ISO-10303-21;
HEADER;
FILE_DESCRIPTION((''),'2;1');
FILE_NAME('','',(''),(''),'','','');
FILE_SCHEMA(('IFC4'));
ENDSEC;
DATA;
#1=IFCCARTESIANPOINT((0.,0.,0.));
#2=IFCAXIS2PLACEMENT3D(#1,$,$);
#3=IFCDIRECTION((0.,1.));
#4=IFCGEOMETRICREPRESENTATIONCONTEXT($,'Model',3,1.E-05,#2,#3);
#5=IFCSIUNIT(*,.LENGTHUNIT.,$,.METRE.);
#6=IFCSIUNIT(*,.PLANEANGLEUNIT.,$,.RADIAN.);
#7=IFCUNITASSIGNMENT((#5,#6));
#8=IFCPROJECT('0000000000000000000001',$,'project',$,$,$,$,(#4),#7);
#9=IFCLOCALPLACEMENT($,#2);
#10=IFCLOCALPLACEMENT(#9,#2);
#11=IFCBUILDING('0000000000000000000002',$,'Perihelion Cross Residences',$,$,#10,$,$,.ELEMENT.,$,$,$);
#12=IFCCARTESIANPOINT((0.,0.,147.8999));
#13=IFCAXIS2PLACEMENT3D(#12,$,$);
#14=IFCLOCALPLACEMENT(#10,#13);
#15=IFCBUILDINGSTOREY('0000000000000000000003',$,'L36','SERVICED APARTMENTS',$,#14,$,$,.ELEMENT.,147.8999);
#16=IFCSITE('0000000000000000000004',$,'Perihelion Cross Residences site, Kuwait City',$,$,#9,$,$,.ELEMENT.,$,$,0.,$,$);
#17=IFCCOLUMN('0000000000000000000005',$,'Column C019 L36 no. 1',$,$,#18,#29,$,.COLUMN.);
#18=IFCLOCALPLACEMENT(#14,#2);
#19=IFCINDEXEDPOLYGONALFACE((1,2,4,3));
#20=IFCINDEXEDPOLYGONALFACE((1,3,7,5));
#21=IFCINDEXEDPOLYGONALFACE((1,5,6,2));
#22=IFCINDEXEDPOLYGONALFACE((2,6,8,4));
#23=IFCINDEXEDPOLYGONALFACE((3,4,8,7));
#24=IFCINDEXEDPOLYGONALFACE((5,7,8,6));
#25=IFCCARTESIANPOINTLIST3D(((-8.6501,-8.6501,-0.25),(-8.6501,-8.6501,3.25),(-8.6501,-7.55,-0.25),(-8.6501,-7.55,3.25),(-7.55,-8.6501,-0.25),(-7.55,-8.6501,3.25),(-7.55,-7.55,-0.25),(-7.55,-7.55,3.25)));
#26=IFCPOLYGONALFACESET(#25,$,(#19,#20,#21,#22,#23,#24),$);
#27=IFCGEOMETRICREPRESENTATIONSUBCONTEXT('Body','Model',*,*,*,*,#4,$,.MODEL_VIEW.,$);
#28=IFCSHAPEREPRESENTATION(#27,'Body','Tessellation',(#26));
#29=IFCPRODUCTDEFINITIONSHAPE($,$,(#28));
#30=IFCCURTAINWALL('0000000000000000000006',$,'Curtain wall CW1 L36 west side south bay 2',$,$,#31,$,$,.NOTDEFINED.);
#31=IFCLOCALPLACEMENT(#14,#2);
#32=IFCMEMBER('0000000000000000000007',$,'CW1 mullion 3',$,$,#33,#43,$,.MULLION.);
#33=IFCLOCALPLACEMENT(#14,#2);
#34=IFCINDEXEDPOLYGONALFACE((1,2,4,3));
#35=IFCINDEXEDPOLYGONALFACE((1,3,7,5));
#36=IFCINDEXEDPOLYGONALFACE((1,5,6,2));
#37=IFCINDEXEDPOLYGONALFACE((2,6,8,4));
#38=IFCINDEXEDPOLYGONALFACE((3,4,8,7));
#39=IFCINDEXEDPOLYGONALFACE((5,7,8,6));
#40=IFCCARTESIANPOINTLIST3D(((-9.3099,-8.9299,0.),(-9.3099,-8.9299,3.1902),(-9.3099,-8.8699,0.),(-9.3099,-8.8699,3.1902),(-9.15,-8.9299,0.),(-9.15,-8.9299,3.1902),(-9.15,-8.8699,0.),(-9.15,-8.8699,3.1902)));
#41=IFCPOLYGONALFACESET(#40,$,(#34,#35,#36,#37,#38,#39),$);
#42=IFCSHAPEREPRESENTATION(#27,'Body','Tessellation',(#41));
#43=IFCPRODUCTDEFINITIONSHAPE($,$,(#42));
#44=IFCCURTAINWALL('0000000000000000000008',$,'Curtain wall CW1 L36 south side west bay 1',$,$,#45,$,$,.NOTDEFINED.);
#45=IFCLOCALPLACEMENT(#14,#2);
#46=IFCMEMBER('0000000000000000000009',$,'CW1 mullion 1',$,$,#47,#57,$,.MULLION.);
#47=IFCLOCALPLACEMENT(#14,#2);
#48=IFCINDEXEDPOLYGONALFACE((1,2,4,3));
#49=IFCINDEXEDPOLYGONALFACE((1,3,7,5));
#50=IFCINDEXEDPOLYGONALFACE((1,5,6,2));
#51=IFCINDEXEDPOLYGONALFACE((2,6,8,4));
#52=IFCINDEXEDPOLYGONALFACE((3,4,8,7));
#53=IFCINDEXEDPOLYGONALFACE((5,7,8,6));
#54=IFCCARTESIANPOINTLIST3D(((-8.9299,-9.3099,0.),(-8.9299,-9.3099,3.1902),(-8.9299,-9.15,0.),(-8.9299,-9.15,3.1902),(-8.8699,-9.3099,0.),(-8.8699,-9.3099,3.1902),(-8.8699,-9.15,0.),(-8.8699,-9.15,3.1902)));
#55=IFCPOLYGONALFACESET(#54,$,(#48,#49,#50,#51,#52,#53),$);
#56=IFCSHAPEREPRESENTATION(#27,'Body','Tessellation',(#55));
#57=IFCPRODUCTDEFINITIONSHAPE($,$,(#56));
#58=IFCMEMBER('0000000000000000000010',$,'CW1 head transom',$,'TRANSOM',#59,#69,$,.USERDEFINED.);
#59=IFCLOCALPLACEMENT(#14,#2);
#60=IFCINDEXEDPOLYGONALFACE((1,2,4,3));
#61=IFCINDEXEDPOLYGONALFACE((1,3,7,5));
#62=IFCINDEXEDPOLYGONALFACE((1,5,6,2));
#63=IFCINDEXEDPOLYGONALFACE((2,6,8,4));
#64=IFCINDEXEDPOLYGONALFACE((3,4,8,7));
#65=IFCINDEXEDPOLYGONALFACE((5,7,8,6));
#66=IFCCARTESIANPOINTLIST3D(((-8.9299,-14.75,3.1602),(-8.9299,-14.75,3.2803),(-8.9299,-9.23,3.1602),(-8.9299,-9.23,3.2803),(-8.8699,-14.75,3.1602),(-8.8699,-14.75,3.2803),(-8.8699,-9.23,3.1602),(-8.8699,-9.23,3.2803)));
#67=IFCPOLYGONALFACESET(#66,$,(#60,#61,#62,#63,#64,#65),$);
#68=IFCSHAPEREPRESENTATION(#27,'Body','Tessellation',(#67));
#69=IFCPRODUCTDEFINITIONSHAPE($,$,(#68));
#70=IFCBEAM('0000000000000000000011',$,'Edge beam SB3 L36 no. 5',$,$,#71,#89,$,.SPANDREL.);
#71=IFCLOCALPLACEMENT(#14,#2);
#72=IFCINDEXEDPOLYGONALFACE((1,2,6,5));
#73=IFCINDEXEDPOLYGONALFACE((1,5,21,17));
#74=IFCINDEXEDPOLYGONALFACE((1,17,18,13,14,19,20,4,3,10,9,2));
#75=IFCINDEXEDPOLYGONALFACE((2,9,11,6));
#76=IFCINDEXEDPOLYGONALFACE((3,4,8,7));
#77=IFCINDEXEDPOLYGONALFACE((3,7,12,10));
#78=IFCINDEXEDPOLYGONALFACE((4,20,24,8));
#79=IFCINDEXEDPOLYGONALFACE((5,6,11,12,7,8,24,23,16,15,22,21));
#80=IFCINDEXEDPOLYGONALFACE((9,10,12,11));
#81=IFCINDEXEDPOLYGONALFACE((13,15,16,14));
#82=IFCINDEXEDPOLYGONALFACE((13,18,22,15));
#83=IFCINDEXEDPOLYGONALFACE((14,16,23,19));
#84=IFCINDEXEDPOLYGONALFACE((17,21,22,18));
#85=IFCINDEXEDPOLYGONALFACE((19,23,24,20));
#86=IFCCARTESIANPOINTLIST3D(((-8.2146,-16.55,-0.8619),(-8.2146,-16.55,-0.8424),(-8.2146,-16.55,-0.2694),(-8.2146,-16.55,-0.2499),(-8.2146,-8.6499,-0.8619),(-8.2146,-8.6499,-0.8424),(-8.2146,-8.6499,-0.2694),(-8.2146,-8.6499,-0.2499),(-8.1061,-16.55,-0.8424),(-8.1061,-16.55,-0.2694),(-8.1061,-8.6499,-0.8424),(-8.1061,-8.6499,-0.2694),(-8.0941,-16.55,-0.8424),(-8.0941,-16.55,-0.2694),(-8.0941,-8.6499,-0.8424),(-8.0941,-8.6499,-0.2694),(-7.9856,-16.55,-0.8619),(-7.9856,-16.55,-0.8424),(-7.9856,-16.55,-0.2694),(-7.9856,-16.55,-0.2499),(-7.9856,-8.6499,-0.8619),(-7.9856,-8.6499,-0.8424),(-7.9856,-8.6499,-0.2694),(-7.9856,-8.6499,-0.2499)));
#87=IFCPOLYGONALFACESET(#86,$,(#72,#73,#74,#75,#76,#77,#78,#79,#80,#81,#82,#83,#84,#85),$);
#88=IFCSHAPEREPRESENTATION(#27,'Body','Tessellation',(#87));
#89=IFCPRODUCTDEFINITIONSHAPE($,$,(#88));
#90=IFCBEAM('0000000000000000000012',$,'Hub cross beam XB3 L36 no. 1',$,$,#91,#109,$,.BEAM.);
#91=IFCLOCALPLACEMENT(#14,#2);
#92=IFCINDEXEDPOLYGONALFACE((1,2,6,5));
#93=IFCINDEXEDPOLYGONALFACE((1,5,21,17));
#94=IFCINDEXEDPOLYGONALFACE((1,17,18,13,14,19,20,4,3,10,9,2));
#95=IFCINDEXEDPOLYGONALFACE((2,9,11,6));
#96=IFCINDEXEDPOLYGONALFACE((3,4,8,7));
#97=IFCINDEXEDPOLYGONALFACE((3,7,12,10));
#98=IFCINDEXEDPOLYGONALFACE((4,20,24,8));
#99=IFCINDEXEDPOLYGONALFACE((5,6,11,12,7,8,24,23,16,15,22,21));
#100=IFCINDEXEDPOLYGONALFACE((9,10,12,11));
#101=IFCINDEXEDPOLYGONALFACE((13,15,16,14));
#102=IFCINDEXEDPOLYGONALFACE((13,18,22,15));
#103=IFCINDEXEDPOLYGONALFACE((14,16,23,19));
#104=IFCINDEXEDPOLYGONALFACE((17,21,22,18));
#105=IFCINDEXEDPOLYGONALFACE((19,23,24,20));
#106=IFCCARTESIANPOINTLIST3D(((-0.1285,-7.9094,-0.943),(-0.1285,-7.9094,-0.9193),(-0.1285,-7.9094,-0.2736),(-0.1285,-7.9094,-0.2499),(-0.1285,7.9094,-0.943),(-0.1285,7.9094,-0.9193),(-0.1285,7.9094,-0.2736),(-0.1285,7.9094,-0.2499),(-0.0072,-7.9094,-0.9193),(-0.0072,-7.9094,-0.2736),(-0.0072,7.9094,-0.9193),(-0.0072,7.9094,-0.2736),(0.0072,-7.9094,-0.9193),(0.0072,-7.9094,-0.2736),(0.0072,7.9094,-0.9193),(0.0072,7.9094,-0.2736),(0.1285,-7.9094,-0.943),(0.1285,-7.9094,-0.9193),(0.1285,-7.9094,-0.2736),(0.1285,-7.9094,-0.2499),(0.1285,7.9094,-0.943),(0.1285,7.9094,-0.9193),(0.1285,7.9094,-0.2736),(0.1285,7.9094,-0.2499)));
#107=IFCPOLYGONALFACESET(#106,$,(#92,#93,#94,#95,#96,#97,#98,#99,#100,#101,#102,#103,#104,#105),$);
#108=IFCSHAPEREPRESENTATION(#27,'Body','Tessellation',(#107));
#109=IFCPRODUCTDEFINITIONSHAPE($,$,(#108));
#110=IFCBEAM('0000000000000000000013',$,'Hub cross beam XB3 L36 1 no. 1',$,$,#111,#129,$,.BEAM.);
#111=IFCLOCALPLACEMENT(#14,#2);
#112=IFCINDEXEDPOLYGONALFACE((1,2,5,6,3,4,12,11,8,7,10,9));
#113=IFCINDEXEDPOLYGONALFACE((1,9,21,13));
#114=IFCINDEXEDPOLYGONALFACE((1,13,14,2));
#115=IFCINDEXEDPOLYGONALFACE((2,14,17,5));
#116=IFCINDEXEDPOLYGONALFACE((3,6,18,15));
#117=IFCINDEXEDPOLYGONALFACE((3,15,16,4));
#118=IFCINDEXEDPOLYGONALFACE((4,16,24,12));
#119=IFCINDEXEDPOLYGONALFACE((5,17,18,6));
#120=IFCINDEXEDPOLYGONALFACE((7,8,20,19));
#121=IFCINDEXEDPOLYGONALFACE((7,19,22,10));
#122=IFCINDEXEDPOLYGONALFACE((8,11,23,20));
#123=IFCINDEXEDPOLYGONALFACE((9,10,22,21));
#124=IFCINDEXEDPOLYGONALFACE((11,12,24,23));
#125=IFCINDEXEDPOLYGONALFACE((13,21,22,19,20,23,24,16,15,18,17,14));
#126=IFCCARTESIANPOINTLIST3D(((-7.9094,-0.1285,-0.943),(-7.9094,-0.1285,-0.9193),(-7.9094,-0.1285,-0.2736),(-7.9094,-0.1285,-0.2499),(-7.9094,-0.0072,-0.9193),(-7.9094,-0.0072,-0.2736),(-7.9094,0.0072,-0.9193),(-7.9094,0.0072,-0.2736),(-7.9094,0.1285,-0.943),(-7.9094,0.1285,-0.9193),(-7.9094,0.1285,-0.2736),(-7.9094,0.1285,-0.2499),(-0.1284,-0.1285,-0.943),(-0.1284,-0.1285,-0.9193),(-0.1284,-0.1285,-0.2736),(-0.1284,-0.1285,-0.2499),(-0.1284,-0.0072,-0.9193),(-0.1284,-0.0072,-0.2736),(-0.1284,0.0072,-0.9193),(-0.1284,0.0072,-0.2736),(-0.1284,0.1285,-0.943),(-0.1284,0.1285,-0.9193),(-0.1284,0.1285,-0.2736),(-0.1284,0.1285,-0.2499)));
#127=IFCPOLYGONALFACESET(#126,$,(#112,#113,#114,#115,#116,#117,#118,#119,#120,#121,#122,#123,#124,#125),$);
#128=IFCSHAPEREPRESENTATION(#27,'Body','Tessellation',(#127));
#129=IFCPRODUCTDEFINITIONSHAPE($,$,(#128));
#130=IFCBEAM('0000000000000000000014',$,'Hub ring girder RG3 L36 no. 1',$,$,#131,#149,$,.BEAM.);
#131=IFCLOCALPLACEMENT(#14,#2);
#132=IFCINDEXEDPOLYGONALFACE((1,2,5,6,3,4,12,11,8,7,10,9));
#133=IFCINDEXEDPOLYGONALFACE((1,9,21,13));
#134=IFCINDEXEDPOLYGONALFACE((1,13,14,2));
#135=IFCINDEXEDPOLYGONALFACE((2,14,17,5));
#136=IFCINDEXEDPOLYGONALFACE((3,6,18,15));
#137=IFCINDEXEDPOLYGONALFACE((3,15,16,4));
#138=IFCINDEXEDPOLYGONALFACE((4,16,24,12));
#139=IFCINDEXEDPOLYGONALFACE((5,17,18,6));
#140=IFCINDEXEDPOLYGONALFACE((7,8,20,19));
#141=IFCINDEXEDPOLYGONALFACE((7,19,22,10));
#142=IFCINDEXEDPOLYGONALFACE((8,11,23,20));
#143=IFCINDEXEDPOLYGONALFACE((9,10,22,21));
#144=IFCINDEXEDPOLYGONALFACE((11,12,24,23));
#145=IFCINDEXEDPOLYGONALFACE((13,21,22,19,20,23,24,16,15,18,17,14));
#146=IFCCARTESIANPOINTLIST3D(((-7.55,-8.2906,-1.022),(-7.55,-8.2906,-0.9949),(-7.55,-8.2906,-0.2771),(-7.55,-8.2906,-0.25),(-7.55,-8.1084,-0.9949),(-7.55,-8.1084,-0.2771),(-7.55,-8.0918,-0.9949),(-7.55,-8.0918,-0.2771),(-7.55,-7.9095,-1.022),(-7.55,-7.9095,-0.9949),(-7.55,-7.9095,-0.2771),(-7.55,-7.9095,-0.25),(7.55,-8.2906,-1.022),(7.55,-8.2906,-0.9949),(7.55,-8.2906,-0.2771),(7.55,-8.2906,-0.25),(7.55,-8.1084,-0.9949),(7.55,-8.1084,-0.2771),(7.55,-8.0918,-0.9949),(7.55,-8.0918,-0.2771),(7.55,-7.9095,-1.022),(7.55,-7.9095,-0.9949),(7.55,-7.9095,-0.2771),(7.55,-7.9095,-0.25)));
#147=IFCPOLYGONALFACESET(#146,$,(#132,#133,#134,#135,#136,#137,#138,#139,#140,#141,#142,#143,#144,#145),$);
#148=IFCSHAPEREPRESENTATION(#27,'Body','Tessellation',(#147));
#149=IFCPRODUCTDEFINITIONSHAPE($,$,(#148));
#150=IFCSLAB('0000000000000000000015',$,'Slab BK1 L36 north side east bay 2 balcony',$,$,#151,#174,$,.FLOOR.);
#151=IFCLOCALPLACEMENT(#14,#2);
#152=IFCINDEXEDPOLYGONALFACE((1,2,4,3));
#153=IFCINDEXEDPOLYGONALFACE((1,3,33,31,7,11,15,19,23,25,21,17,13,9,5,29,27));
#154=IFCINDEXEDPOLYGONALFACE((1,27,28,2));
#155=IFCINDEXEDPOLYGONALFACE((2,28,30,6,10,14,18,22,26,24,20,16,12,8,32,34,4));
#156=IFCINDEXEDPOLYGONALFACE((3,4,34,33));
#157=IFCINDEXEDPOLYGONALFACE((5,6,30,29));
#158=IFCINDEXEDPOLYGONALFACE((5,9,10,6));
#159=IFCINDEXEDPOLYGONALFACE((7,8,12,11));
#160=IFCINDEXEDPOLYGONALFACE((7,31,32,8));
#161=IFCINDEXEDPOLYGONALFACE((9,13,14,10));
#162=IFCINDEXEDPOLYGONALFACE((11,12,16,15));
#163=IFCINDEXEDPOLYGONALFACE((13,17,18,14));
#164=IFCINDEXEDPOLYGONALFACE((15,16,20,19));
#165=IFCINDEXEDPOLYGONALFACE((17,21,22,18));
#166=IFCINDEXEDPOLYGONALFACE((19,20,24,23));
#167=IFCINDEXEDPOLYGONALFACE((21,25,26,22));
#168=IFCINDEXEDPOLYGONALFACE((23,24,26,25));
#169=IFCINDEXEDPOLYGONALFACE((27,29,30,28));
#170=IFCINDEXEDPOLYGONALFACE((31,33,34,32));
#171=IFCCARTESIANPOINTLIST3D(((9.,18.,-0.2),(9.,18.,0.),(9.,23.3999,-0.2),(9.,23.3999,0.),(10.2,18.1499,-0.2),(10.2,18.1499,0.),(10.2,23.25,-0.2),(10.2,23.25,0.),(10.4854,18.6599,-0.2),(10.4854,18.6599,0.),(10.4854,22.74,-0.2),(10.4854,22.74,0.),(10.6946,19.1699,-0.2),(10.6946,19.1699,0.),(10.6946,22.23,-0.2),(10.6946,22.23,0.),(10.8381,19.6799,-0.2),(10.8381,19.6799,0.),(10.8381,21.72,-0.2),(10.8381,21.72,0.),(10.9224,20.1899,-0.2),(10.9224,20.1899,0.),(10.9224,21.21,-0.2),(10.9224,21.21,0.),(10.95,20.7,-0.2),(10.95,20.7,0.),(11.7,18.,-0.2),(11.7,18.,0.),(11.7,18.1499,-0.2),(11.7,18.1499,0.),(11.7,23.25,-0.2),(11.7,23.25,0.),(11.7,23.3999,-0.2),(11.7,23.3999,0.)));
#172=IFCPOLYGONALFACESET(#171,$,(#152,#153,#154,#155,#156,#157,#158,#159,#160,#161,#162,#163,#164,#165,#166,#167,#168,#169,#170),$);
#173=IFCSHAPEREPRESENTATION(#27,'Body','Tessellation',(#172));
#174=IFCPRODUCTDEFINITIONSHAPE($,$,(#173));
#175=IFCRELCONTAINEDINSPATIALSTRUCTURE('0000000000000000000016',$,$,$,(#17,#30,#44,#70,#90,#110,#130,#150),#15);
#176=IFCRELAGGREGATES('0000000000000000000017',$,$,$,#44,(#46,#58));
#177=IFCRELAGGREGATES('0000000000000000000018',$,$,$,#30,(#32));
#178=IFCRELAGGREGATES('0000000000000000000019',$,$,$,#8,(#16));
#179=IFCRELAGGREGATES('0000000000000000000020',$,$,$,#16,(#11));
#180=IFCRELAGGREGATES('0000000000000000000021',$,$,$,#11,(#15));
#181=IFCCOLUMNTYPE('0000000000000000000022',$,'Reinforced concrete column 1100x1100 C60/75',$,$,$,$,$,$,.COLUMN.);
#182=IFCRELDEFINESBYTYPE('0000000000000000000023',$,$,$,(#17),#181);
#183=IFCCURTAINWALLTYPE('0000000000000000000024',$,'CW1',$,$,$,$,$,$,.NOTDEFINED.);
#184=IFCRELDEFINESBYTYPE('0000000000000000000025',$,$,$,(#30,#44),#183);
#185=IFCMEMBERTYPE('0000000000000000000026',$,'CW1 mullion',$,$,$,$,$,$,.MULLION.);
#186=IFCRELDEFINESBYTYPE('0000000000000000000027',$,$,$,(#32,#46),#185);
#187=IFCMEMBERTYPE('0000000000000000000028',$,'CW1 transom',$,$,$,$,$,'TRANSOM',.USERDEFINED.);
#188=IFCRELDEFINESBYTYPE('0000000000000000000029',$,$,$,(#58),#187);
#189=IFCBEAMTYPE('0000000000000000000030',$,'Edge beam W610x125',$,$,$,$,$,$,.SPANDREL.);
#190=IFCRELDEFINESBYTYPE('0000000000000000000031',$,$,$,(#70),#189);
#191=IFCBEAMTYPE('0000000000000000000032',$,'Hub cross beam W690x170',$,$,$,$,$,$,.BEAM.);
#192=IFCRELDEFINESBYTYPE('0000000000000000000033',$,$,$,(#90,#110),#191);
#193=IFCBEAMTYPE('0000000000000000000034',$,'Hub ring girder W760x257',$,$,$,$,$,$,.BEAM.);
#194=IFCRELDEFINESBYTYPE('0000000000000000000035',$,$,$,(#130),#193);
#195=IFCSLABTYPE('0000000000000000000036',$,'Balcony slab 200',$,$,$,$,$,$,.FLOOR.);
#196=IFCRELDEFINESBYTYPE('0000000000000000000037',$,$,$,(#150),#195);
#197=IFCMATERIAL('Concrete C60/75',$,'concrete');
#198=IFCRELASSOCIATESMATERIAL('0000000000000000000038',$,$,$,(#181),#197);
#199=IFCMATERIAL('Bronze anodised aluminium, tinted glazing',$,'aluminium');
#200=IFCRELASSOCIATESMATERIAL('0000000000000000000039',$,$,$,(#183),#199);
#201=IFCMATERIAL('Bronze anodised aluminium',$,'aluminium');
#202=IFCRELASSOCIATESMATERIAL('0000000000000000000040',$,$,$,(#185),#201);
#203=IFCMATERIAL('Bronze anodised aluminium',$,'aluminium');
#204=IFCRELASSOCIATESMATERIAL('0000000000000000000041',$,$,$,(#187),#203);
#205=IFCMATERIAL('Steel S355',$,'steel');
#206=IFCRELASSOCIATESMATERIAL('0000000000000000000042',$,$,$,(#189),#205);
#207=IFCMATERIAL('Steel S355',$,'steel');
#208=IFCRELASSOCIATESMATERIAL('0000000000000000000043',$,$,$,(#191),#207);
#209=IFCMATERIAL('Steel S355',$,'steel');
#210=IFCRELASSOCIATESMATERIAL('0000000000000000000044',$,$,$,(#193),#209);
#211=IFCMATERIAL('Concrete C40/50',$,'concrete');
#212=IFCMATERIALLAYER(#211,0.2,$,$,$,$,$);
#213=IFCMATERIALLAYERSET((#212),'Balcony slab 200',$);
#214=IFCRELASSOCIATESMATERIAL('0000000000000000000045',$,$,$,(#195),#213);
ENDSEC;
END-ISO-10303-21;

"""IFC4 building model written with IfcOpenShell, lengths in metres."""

from ifc_helpers import new_model, si_unit, direction, frame, origin, origin_2d, place, context, subcontext, project, spatial, polyline, rectangle, i_section, outline, extrude, material, layer, layer_set, material_profile, profile_set, type_object, element, aggregate, save


model = new_model("IFC4")

# Units and contexts
model_context = context("Model", 3, precision=1e-05, world=origin(), true_north=direction((0.0, 1.0)))
body_context = subcontext(model_context, "Body", "Model", "MODEL_VIEW")
ifc_project = project(units=[si_unit("LENGTHUNIT", "METRE"), si_unit("PLANEANGLEUNIT", "RADIAN")], contexts=[model_context])

# Site, building, storey
site_placement = place(None, origin())
site = spatial("IfcSite", under=ifc_project, at=site_placement, Name="Perihelion Cross Residences site, Kuwait City", CompositionType="ELEMENT", RefElevation=0.0)
building_placement = place(site_placement, origin())
building = spatial("IfcBuilding", under=site, at=building_placement, Name="Perihelion Cross Residences", CompositionType="ELEMENT")
storey_placement = place(building_placement, frame((0.0, 0.0, 147.8999)))
storey = spatial("IfcBuildingStorey", under=building, at=storey_placement, Name="L36", Description="SERVICED APARTMENTS", CompositionType="ELEMENT", Elevation=147.8999)

# Column
ifc_material_1 = material(Name="Concrete C60/75", Category="concrete")
ifc_material_profile_1 = material_profile(ifc_material_1, rectangle(XDim=1.1001, YDim=1.1001, at=origin_2d()), Name="RC 1100x1100")
ifc_profile_set_1 = profile_set([ifc_material_profile_1], Name="Concrete C60/75")
column_type = type_object("IfcColumnType", Name="Reinforced concrete column 1100x1100 C60/75", PredefinedType="COLUMN", material=ifc_profile_set_1)
column_placement = place(storey_placement, frame((-8.1001, -8.1001, -0.25), z_axis=(0.0, 0.0, 1.0), x_axis=(1.0, 0.0, 0.0)))
element("IfcColumn", 1, at=column_placement, inside=storey, type_object=column_type, Name="Column C019 L36 no. 1", PredefinedType="COLUMN", context=body_context, shape_type="SweptSolid", body=[
    extrude(rectangle(XDim=1.1001, YDim=1.1001, at=origin_2d()), origin(), (0.0, 0.0, 1.0), 3.5),
])

# Curtain wall, member
ifc_material_2 = material(Name="Bronze anodised aluminium, tinted glazing", Category="aluminium")
curtain_wall_type = type_object("IfcCurtainWallType", Name="CW1", PredefinedType="NOTDEFINED", material=ifc_material_2)
curtain_wall_1_placement = place(storey_placement, origin())
curtain_wall_1 = element("IfcCurtainWall", 2, at=curtain_wall_1_placement, inside=storey, type_object=curtain_wall_type, Name="Curtain wall CW1 L36 west side south bay 2", PredefinedType="NOTDEFINED")
ifc_material_3 = material(Name="Bronze anodised aluminium", Category="aluminium")
ifc_material_profile_2 = material_profile(ifc_material_3, rectangle(XDim=0.0601, YDim=0.1599, at=origin_2d()), Name="CW1 mullion")
ifc_profile_set_2 = profile_set([ifc_material_profile_2], Name="Bronze anodised aluminium")
member_type_1 = type_object("IfcMemberType", Name="CW1 mullion", PredefinedType="MULLION", material=ifc_profile_set_2)
member_1_placement = place(storey_placement, frame((-9.23, -8.8999, 0.0), z_axis=(0.0, 0.0, 1.0), x_axis=(0.0, 1.0, 0.0)))
member_1 = element("IfcMember", 3, at=member_1_placement, type_object=member_type_1, Name="CW1 mullion 3", PredefinedType="MULLION", context=body_context, shape_type="SweptSolid", body=[
    extrude(rectangle(XDim=0.0601, YDim=0.1599, at=origin_2d()), origin(), (0.0, 0.0, 1.0), 3.1902),
])

# Curtain wall, members
curtain_wall_2_placement = place(storey_placement, origin())
curtain_wall_2 = element("IfcCurtainWall", 4, at=curtain_wall_2_placement, inside=storey, type_object=curtain_wall_type, Name="Curtain wall CW1 L36 south side west bay 1", PredefinedType="NOTDEFINED")
member_2_placement = place(storey_placement, frame((-8.8999, -9.23, 0.0), z_axis=(0.0, 0.0, 1.0), x_axis=(1.0, 0.0, 0.0)))
member_2 = element("IfcMember", 5, at=member_2_placement, type_object=member_type_1, Name="CW1 mullion 1", PredefinedType="MULLION", context=body_context, shape_type="SweptSolid", body=[
    extrude(rectangle(XDim=0.0601, YDim=0.1599, at=origin_2d()), origin(), (0.0, 0.0, 1.0), 3.1902),
])
ifc_material_4 = material(Name="Bronze anodised aluminium", Category="aluminium")
ifc_material_profile_3 = material_profile(ifc_material_4, rectangle(XDim=0.0601, YDim=0.1201, at=origin_2d()), Name="CW1 transom")
ifc_profile_set_3 = profile_set([ifc_material_profile_3], Name="Bronze anodised aluminium")
member_type_2 = type_object("IfcMemberType", Name="CW1 transom", ElementType="TRANSOM", PredefinedType="USERDEFINED", material=ifc_profile_set_3)
member_3_placement = place(storey_placement, frame((-8.8999, -9.23, 3.2202), z_axis=(0.0, -1.0, 0.0), x_axis=(1.0, 0.0, 0.0)))
member_3 = element("IfcMember", 6, at=member_3_placement, type_object=member_type_2, Name="CW1 head transom", ObjectType="TRANSOM", PredefinedType="USERDEFINED", context=body_context, shape_type="SweptSolid", body=[
    extrude(rectangle(XDim=0.0601, YDim=0.1201, at=origin_2d()), origin(), (0.0, 0.0, 1.0), 5.52),
])
aggregate(curtain_wall_2, [member_2, member_3])

# Beams
ifc_material_5 = material(Name="Steel S355", Category="steel")
ifc_material_profile_4 = material_profile(ifc_material_5, i_section(OverallWidth=0.229, OverallDepth=0.6121, WebThickness=0.012, FlangeThickness=0.0195, at=origin_2d()), Name="W610x125")
ifc_profile_set_4 = profile_set([ifc_material_profile_4], Name="Steel S355")
beam_type_1 = type_object("IfcBeamType", Name="Edge beam W610x125", PredefinedType="SPANDREL", material=ifc_profile_set_4)
beam_1_placement = place(storey_placement, frame((-8.1001, -8.6499, -0.5559), z_axis=(0.0, -1.0, 0.0), x_axis=(1.0, 0.0, 0.0)))
element("IfcBeam", 7, at=beam_1_placement, inside=storey, type_object=beam_type_1, Name="Edge beam SB3 L36 no. 5", PredefinedType="SPANDREL", context=body_context, shape_type="SweptSolid", body=[
    extrude(i_section(OverallWidth=0.229, OverallDepth=0.6121, WebThickness=0.012, FlangeThickness=0.0195, at=origin_2d()), origin(), (0.0, 0.0, 1.0), 7.9001),
])
ifc_material_6 = material(Name="Steel S355", Category="steel")
ifc_material_profile_5 = material_profile(ifc_material_6, i_section(OverallWidth=0.2571, OverallDepth=0.6931, WebThickness=0.0144, FlangeThickness=0.0237, at=origin_2d()), Name="W690x170")
ifc_profile_set_5 = profile_set([ifc_material_profile_5], Name="Steel S355")
beam_type_2 = type_object("IfcBeamType", Name="Hub cross beam W690x170", PredefinedType="BEAM", material=ifc_profile_set_5)
beam_2_placement = place(storey_placement, frame((0.0, -7.9094, -0.5964), z_axis=(0.0, 1.0, 0.0), x_axis=(-1.0, 0.0, 0.0)))
element("IfcBeam", 8, at=beam_2_placement, inside=storey, type_object=beam_type_2, Name="Hub cross beam XB3 L36 no. 1", PredefinedType="BEAM", context=body_context, shape_type="SweptSolid", body=[
    extrude(i_section(OverallWidth=0.2571, OverallDepth=0.6931, WebThickness=0.0144, FlangeThickness=0.0237, at=origin_2d()), origin(), (0.0, 0.0, 1.0), 15.8188),
])
beam_3_placement = place(storey_placement, frame((-7.9094, 0.0, -0.5964), z_axis=(1.0, 0.0, 0.0), x_axis=(0.0, 1.0, 0.0)))
element("IfcBeam", 9, at=beam_3_placement, inside=storey, type_object=beam_type_2, Name="Hub cross beam XB3 L36 1 no. 1", PredefinedType="BEAM", context=body_context, shape_type="SweptSolid", body=[
    extrude(i_section(OverallWidth=0.2571, OverallDepth=0.6931, WebThickness=0.0144, FlangeThickness=0.0237, at=origin_2d()), origin(), (0.0, 0.0, 1.0), 7.781),
])
ifc_material_7 = material(Name="Steel S355", Category="steel")
ifc_material_profile_6 = material_profile(ifc_material_7, i_section(OverallWidth=0.3811, OverallDepth=0.772, WebThickness=0.0166, FlangeThickness=0.0271, at=origin_2d()), Name="W760x257")
ifc_profile_set_6 = profile_set([ifc_material_profile_6], Name="Steel S355")
beam_type_3 = type_object("IfcBeamType", Name="Hub ring girder W760x257", PredefinedType="BEAM", material=ifc_profile_set_6)
beam_4_placement = place(storey_placement, frame((-7.55, -8.1001, -0.636), z_axis=(1.0, 0.0, 0.0), x_axis=(0.0, 1.0, 0.0)))
element("IfcBeam", 10, at=beam_4_placement, inside=storey, type_object=beam_type_3, Name="Hub ring girder RG3 L36 no. 1", PredefinedType="BEAM", context=body_context, shape_type="SweptSolid", body=[
    extrude(i_section(OverallWidth=0.3811, OverallDepth=0.772, WebThickness=0.0166, FlangeThickness=0.0271, at=origin_2d()), origin(), (0.0, 0.0, 1.0), 15.1001),
])

# Slab
ifc_material_8 = material(Name="Concrete C40/50", Category="concrete")
ifc_layer_1 = layer(ifc_material_8, 0.2)
ifc_layer_set_1 = layer_set([ifc_layer_1], Name="Balcony slab 200")
slab_type_1 = type_object("IfcSlabType", Name="Balcony slab 200", PredefinedType="FLOOR", material=ifc_layer_set_1)
slab_1_placement = place(storey_placement, frame((0.0, 0.0, -0.2)))
element("IfcSlab", 11, at=slab_1_placement, inside=storey, type_object=slab_type_1, Name="Slab BK1 L36 north side east bay 2 balcony", PredefinedType="FLOOR", context=body_context, shape_type="SweptSolid", body=[
    extrude(outline(polyline([(9.0, 18.0), (9.0, 23.3999), (11.7, 23.3999), (11.7, 23.25), (10.2, 23.25), (10.4854, 22.74), (10.6946, 22.23), (10.8381, 21.72), (10.9224, 21.21), (10.95, 20.7), (10.9224, 20.1899), (10.8381, 19.6799), (10.6946, 19.1699), (10.4854, 18.6599), (10.2, 18.1499), (11.7, 18.1499), (11.7, 18.0), (9.0, 18.0)])), origin(), (0.0, 0.0, 1.0), 0.2),
])

aggregate(curtain_wall_1, [member_1])

save(model, "model.ifc")
